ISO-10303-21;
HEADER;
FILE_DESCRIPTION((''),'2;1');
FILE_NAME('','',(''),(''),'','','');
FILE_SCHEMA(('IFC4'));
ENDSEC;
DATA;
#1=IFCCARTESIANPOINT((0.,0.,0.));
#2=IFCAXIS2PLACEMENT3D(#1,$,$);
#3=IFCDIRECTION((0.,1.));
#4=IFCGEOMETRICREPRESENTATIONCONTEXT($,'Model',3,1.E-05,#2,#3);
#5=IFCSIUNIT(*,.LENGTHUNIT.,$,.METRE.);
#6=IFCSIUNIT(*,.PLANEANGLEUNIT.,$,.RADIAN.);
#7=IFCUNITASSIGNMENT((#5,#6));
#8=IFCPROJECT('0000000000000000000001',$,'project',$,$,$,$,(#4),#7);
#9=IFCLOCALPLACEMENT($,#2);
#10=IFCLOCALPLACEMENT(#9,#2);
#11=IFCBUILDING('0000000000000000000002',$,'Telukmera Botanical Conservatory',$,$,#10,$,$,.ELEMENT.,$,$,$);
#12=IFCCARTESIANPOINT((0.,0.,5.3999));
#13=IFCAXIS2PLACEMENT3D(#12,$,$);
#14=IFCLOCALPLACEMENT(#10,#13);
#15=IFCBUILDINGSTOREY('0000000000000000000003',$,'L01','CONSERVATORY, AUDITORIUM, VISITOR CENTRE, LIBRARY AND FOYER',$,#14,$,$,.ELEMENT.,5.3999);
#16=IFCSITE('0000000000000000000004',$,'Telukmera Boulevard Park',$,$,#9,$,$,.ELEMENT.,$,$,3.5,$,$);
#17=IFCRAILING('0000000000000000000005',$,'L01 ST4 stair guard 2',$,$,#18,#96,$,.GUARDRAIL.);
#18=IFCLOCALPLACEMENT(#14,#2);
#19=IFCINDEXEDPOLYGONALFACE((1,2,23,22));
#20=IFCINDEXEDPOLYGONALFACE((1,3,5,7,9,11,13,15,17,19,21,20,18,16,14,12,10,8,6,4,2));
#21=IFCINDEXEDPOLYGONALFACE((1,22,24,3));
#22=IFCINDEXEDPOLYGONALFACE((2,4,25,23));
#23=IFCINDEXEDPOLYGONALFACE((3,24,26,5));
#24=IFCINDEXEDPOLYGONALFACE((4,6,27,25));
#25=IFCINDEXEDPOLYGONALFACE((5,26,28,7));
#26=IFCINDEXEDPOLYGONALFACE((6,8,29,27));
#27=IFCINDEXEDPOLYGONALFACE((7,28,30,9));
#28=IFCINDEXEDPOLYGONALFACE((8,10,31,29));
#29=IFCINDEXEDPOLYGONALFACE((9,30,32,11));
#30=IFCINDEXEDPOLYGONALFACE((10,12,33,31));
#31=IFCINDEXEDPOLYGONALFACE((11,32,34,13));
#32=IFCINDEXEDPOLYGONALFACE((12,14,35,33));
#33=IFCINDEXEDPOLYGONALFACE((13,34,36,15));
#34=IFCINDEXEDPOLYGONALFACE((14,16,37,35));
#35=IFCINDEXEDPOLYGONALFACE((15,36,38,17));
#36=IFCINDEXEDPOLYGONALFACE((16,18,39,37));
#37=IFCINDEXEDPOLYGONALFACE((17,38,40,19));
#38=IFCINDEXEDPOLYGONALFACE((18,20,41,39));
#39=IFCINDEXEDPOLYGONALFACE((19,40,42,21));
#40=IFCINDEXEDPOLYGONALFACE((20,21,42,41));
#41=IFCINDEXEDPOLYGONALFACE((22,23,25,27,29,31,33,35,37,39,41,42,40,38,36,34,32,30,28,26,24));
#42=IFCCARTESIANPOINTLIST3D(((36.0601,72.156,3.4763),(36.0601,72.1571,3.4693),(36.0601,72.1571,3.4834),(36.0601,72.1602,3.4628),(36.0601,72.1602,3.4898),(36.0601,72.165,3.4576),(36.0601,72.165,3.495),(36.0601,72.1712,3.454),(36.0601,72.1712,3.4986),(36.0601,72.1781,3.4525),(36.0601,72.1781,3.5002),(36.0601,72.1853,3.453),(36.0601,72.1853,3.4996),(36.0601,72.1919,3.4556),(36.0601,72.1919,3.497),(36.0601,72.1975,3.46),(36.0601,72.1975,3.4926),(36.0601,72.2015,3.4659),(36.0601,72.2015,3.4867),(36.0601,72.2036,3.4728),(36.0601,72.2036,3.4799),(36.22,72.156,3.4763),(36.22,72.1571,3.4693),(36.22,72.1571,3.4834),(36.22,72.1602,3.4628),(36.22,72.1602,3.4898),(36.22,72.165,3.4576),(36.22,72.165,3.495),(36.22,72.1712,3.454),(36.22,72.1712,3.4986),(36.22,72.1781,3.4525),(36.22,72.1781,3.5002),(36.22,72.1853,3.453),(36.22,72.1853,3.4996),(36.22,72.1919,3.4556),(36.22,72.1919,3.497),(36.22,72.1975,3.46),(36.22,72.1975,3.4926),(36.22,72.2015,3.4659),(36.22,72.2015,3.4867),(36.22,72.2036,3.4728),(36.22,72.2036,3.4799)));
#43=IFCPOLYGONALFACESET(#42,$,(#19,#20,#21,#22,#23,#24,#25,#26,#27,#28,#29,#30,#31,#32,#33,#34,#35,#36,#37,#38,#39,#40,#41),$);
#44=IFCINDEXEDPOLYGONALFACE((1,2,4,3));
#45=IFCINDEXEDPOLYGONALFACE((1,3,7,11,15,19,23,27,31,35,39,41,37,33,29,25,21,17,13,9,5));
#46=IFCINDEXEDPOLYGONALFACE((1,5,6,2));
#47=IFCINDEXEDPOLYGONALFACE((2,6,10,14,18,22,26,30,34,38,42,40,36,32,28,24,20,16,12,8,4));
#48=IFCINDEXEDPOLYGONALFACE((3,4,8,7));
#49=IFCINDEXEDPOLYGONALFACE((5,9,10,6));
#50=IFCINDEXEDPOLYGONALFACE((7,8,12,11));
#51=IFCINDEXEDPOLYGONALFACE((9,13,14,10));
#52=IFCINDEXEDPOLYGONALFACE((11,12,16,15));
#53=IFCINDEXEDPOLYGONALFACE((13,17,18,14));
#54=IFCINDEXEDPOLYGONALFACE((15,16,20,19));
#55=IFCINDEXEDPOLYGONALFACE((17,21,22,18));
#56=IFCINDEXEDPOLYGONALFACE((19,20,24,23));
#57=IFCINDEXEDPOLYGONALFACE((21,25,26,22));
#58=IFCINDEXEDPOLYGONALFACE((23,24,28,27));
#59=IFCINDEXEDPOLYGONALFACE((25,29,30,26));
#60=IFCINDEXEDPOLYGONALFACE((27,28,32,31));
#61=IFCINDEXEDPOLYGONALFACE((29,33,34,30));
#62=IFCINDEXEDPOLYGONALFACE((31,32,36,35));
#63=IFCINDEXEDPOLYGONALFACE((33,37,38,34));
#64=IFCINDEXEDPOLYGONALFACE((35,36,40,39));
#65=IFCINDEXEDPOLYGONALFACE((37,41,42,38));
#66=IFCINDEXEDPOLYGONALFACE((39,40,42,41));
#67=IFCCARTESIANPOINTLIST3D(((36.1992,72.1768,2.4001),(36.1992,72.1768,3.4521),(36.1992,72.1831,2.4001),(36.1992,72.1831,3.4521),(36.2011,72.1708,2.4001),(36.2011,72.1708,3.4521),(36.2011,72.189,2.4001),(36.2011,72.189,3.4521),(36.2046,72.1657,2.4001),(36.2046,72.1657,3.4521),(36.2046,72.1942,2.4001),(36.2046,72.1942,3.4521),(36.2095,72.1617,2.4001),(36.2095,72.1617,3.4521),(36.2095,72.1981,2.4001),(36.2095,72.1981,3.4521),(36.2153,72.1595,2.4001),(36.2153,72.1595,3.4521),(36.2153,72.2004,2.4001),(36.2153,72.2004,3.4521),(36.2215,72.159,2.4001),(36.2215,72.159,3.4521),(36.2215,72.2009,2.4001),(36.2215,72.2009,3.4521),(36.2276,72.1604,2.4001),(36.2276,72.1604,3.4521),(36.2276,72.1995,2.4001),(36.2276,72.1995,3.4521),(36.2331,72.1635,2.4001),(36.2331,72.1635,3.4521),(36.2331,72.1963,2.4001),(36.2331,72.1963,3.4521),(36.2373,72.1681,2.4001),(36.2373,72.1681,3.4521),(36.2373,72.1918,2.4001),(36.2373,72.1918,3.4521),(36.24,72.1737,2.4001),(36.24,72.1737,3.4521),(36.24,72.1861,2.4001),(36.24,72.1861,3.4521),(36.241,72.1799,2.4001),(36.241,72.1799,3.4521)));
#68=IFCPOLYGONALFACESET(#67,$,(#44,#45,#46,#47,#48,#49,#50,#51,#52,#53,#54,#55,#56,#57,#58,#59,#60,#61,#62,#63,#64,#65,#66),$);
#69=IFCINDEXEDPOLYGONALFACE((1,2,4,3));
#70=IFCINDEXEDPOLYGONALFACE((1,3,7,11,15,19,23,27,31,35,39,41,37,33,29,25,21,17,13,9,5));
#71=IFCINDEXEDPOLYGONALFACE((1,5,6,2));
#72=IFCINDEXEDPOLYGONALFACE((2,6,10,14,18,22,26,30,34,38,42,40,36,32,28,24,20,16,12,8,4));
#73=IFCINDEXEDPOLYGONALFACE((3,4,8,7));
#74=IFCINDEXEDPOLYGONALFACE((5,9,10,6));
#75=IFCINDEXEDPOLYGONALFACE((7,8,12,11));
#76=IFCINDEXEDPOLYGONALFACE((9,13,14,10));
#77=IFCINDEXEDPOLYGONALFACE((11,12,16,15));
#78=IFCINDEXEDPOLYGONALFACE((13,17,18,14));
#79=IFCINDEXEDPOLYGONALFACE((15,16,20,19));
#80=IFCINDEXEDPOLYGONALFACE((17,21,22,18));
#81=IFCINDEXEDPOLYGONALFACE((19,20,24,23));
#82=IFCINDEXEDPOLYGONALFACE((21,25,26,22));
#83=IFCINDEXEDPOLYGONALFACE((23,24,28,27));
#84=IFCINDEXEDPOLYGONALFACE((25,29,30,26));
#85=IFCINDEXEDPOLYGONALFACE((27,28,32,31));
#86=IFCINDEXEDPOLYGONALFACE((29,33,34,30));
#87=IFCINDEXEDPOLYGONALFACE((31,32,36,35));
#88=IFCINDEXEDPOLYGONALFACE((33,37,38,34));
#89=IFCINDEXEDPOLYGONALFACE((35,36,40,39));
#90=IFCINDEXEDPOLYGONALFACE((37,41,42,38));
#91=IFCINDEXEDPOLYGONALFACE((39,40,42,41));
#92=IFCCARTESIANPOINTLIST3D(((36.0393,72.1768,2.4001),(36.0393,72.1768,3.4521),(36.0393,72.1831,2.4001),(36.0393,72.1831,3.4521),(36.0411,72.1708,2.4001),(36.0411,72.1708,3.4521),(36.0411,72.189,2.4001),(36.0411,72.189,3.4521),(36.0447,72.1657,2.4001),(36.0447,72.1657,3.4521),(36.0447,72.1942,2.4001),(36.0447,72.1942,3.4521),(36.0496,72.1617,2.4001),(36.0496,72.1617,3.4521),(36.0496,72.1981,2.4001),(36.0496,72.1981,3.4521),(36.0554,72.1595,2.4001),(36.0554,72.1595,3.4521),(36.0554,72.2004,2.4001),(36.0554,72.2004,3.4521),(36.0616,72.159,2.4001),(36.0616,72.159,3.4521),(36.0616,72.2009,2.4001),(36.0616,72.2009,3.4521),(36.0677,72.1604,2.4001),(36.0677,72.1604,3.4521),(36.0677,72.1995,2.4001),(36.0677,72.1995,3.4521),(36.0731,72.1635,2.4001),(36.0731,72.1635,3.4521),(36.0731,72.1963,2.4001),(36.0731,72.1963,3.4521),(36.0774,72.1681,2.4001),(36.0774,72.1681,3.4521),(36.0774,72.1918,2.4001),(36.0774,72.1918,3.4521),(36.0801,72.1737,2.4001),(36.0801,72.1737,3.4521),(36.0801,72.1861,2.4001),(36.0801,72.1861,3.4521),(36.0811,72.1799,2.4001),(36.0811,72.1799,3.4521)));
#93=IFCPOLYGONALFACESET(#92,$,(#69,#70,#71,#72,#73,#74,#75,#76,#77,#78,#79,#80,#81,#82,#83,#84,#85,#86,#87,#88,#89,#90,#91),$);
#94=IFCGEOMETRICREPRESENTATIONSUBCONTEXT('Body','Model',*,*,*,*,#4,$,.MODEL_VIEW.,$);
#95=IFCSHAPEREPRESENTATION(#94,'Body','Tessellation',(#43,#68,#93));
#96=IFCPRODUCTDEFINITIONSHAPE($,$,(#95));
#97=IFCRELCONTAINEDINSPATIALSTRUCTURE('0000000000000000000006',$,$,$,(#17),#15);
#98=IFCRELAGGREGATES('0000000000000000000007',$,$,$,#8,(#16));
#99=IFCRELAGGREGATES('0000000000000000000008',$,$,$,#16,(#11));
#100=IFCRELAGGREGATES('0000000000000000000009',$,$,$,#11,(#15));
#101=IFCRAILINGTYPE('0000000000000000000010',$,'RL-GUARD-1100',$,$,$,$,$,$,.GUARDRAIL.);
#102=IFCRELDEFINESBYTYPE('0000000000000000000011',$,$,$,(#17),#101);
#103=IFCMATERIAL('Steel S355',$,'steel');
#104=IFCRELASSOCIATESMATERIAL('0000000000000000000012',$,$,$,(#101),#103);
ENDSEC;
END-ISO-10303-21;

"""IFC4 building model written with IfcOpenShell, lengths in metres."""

from ifc_helpers import new_model, si_unit, direction, frame, origin, origin_2d, place, context, subcontext, project, spatial, circle, extrude, material, type_object, element, save


model = new_model("IFC4")

# Units and contexts
model_context = context("Model", 3, precision=1e-05, world=origin(), true_north=direction((0.0, 1.0)))
body_context = subcontext(model_context, "Body", "Model", "MODEL_VIEW")
ifc_project = project(units=[si_unit("LENGTHUNIT", "METRE"), si_unit("PLANEANGLEUNIT", "RADIAN")], contexts=[model_context])

# Site, building, storey
site_placement = place(None, origin())
site = spatial("IfcSite", under=ifc_project, at=site_placement, Name="Telukmera Boulevard Park", CompositionType="ELEMENT", RefElevation=3.5)
building_placement = place(site_placement, origin())
building = spatial("IfcBuilding", under=site, at=building_placement, Name="Telukmera Botanical Conservatory", CompositionType="ELEMENT")
storey_placement = place(building_placement, frame((0.0, 0.0, 5.3999)))
storey = spatial("IfcBuildingStorey", under=building, at=storey_placement, Name="L01", Description="CONSERVATORY, AUDITORIUM, VISITOR CENTRE, LIBRARY AND FOYER", CompositionType="ELEMENT", Elevation=5.3999)

# Railing
ifc_material_1 = material(Name="Steel S355", Category="steel")
railing_type_1 = type_object("IfcRailingType", Name="RL-GUARD-1100", PredefinedType="GUARDRAIL", material=ifc_material_1)
railing_1_placement = place(storey_placement, frame((36.22, 72.1799, 2.4001)))
element("IfcRailing", 1, at=railing_1_placement, inside=storey, type_object=railing_type_1, Name="L01 ST4 stair guard 2", PredefinedType="GUARDRAIL", context=body_context, shape_type="SweptSolid", body=[
    extrude(circle(Radius=0.0239, at=origin_2d()), frame((0.0, 0.0, 1.0762), z_axis=(-1.0, 0.0, 0.0), x_axis=(0.0, -1.0, 0.0)), (0.0, 0.0, 1.0), 0.1599),
    extrude(circle(Radius=0.021, at=origin_2d()), origin(), (0.0, 0.0, 1.0), 1.052),
    extrude(circle(Radius=0.021, at=origin_2d()), frame((-0.1599, 0.0, 0.0)), (0.0, 0.0, 1.0), 1.052),
])

save(model, "model.ifc")
